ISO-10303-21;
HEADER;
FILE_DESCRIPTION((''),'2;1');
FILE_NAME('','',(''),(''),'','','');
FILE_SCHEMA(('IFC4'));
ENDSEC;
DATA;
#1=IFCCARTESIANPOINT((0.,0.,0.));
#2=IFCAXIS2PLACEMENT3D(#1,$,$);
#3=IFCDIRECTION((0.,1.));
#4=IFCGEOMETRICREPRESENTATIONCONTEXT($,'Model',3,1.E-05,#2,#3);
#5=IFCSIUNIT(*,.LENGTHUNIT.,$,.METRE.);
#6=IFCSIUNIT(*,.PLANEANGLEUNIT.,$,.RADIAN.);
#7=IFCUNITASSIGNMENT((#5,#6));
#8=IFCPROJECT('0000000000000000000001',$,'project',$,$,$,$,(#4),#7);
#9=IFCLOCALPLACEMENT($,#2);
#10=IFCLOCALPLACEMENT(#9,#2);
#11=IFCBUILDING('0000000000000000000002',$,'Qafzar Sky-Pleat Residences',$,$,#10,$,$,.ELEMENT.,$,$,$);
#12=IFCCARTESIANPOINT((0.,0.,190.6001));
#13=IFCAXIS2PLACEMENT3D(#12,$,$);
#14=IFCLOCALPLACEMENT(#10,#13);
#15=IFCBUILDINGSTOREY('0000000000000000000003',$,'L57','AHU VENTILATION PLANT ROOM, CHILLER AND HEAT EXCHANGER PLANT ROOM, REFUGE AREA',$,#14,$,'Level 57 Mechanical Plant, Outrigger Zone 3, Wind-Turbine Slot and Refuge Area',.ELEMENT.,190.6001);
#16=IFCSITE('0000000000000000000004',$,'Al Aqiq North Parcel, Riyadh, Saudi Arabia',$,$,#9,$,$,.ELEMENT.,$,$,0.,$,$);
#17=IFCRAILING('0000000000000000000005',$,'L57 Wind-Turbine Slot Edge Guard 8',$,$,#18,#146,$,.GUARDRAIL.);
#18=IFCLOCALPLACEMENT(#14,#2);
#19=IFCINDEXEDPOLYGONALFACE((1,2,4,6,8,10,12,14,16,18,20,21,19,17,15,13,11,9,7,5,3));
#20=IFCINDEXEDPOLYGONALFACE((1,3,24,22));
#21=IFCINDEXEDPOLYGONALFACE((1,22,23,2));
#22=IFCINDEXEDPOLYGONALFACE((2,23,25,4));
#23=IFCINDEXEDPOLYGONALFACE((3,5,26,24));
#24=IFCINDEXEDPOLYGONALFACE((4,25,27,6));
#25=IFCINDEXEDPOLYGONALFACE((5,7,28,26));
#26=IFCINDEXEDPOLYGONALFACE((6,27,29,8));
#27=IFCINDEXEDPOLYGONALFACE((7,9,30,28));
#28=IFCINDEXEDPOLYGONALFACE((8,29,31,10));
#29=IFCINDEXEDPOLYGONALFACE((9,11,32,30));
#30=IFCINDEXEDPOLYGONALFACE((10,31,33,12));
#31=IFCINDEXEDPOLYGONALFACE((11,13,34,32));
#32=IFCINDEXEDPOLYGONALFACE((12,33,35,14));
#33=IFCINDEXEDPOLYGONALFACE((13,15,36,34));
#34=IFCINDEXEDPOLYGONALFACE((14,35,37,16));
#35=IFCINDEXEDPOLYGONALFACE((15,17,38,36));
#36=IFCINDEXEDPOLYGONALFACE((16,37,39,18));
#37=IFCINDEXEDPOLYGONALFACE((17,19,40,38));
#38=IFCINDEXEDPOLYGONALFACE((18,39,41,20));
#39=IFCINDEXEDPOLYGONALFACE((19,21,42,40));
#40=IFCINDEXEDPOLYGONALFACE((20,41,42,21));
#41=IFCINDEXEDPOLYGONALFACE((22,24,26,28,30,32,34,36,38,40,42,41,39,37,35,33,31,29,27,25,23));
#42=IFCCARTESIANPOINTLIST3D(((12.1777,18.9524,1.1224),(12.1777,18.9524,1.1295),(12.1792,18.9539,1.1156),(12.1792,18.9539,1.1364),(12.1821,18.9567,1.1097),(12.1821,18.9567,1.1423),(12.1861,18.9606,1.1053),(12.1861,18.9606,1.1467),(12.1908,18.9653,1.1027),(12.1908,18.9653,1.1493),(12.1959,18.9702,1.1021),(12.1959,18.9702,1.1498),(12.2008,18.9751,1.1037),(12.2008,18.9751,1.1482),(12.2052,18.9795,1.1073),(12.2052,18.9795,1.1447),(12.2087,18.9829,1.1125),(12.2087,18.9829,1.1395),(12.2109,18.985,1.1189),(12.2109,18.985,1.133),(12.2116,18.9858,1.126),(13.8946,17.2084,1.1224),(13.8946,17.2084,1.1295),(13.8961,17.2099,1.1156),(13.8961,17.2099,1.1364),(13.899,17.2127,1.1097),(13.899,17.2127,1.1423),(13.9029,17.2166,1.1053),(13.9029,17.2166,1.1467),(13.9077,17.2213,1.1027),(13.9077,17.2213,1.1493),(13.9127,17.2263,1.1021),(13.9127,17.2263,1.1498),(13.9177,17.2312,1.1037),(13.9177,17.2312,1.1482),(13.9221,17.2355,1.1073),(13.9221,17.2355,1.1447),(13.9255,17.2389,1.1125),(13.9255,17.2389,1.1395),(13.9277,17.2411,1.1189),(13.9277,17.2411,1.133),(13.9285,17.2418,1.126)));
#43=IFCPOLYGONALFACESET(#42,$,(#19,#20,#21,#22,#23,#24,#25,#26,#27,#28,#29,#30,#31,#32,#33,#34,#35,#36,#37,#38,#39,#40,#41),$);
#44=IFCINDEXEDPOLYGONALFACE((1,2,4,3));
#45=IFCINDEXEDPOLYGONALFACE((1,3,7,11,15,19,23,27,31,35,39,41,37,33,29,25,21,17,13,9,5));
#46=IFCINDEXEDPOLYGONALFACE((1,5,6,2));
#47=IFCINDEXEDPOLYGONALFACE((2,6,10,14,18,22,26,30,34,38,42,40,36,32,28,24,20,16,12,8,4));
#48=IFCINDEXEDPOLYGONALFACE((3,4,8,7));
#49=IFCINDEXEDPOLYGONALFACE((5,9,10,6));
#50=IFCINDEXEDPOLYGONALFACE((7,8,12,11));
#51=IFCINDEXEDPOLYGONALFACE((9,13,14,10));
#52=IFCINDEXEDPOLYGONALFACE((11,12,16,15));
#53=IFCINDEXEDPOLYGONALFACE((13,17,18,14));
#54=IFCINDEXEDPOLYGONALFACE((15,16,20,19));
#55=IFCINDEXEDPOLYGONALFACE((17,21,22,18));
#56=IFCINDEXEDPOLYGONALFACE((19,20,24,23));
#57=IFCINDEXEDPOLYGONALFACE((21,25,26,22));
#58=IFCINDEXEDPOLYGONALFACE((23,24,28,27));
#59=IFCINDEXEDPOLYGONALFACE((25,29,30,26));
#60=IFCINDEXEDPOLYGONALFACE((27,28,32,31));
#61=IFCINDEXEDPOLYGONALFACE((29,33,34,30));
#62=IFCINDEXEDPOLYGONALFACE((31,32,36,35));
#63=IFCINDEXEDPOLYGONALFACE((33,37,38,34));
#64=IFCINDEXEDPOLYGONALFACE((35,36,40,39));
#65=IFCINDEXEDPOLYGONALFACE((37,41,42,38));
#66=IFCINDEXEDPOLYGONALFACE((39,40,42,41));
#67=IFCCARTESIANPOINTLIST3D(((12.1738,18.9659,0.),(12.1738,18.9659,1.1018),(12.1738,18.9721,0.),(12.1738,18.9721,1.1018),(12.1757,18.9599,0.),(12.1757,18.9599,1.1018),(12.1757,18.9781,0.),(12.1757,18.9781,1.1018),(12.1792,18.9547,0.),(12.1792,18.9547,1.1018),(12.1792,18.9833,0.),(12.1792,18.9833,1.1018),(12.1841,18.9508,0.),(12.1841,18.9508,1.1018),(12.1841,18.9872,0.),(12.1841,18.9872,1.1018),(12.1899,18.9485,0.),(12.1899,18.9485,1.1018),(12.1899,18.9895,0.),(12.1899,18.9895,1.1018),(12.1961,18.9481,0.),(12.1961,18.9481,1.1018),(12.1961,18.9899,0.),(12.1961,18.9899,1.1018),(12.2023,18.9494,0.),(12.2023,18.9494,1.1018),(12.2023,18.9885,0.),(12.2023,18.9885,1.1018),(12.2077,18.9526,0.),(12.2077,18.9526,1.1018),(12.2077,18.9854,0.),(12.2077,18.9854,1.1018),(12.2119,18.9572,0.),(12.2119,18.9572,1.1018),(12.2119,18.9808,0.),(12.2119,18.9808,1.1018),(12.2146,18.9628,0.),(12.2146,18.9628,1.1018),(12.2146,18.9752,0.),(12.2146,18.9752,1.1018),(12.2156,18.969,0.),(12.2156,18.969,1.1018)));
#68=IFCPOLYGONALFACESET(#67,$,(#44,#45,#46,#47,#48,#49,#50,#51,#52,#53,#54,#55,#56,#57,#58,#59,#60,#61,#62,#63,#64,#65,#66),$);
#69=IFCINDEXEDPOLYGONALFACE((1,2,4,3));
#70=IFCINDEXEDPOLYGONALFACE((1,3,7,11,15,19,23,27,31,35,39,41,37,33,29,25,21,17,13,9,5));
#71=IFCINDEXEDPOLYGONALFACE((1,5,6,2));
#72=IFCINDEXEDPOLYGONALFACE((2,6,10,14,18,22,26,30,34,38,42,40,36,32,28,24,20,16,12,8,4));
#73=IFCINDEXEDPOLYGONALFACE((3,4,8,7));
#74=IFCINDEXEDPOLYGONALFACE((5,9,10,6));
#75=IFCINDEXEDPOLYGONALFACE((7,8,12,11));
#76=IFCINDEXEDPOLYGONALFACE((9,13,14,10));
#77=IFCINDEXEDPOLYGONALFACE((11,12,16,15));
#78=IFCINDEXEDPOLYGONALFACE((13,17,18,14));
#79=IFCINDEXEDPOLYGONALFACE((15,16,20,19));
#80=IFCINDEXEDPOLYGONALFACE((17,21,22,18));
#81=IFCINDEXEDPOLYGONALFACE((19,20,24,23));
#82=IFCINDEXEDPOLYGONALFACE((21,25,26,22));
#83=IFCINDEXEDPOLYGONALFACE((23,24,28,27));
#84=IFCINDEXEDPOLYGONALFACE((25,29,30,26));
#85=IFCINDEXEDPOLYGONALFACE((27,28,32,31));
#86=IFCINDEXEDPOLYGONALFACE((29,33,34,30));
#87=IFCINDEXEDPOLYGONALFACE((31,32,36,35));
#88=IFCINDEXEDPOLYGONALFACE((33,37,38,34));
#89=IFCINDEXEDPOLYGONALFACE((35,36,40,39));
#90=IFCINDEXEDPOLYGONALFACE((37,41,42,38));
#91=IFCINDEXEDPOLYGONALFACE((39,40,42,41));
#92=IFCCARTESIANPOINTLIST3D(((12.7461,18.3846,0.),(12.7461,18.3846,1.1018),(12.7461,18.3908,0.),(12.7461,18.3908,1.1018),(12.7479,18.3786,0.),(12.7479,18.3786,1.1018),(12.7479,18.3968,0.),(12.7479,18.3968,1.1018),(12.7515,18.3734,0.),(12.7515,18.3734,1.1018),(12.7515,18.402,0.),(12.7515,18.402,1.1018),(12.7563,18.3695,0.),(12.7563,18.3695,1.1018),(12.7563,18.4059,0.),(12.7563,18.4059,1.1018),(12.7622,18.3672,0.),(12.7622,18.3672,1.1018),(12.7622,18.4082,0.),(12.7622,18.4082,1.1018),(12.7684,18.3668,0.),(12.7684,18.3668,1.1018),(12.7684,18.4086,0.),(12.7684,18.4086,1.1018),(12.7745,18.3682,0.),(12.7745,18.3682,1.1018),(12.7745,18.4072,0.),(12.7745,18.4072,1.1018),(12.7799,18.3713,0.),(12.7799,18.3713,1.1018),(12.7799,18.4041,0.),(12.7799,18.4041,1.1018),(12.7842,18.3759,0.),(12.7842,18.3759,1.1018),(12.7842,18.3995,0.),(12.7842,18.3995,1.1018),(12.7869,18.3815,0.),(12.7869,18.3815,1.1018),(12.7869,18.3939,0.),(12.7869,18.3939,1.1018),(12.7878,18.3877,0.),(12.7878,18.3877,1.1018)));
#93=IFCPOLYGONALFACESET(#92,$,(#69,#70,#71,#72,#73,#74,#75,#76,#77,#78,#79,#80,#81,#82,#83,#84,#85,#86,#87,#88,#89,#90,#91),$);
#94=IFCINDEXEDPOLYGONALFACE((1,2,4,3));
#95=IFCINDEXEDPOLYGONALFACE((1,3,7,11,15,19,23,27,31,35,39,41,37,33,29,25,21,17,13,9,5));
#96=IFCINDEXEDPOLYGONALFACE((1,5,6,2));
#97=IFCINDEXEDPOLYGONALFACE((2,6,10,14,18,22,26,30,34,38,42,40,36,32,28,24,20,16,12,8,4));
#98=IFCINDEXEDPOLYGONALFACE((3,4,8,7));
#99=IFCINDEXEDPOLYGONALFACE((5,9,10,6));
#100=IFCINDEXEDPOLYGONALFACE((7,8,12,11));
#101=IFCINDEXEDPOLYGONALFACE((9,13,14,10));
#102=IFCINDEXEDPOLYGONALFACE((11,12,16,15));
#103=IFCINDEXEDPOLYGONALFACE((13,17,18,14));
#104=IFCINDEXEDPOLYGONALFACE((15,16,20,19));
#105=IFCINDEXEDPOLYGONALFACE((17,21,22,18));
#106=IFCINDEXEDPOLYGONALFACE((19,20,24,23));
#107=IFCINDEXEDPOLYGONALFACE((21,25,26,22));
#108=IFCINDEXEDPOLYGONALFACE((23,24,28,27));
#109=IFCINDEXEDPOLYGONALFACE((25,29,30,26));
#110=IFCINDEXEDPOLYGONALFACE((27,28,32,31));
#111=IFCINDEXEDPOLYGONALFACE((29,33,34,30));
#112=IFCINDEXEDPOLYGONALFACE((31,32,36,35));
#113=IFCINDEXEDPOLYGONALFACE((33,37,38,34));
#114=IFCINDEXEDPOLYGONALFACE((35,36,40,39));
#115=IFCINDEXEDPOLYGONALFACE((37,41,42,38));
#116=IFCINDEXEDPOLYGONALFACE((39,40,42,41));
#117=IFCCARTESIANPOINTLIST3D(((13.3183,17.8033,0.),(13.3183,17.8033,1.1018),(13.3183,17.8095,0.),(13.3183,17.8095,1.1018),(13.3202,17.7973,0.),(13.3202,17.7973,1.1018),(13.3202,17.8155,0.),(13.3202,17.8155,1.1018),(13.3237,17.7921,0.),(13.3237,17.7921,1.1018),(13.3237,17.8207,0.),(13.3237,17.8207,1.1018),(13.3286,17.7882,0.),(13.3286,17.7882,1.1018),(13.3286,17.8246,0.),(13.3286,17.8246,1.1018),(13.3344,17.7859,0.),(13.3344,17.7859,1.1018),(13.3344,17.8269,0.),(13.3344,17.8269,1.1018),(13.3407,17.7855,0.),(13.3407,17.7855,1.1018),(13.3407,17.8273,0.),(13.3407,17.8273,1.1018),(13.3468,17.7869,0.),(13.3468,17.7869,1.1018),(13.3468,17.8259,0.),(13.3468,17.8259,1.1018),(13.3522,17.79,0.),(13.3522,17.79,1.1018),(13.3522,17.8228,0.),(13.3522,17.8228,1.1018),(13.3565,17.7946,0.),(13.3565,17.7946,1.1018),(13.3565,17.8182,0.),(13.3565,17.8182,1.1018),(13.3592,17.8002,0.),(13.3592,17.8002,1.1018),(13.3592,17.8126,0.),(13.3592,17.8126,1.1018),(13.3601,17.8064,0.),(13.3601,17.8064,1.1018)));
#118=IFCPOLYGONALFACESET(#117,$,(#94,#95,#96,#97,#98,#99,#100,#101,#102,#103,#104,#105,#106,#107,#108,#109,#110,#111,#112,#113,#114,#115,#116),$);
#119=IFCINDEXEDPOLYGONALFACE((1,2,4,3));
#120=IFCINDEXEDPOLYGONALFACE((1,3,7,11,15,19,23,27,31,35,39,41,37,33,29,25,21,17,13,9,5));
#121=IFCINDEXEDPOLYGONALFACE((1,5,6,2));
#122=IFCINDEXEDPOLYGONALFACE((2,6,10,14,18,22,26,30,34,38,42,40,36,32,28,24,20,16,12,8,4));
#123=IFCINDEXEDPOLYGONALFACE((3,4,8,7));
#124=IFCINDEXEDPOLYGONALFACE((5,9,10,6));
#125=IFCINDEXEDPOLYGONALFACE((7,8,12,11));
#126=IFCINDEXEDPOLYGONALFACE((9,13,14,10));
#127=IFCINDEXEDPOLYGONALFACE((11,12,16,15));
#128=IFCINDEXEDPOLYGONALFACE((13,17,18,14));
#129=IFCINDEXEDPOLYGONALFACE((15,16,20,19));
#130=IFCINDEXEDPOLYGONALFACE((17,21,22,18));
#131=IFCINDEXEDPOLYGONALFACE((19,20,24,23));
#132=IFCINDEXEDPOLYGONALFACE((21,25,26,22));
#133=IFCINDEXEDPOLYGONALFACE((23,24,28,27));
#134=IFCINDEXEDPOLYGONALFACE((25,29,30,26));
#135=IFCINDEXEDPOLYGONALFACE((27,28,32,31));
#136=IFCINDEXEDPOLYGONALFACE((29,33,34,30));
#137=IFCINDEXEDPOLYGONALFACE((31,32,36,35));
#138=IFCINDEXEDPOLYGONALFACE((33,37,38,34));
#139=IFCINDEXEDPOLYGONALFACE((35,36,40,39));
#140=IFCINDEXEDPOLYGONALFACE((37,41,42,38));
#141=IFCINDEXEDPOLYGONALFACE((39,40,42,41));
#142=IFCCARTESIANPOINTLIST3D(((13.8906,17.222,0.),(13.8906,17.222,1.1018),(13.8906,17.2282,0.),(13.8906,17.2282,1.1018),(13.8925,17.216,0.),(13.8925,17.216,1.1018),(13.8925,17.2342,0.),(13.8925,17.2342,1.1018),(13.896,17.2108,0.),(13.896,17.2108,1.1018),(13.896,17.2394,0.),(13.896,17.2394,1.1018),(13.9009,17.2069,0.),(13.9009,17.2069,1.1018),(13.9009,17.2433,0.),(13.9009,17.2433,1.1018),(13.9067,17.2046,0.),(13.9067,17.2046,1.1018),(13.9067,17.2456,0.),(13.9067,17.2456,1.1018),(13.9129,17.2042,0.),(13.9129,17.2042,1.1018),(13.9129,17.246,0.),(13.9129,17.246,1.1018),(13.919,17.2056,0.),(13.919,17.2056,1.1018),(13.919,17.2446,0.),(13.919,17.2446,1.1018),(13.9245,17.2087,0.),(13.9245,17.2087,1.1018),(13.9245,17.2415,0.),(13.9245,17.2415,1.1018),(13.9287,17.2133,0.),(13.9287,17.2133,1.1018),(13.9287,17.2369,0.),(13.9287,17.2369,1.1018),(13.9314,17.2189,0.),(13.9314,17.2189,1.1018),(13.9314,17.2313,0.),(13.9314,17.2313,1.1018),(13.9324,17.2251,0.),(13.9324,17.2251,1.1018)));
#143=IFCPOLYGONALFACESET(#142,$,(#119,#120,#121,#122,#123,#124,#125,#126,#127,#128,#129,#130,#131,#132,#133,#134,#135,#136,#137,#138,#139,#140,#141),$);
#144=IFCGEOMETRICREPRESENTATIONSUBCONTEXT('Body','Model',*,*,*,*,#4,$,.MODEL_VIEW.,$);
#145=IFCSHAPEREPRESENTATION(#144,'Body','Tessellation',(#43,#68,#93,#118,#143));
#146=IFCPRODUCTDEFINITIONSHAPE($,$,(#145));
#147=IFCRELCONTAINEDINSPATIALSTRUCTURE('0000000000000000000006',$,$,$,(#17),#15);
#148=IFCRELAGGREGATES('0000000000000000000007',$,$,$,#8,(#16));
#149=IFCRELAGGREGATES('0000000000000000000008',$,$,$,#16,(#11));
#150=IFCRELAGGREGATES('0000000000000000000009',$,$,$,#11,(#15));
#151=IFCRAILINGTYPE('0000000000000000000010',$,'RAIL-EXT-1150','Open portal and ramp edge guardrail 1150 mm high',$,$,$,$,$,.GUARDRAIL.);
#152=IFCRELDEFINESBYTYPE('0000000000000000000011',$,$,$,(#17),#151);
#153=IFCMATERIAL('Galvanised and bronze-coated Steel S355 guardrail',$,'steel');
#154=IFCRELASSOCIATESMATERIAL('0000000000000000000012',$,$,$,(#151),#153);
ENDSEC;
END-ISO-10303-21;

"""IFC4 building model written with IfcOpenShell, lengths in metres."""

from ifc_helpers import new_model, si_unit, direction, frame, origin, origin_2d, place, context, subcontext, project, spatial, circle, extrude, source, transform, mapped, material, type_object, element, save


model = new_model("IFC4")

# Units and contexts
model_context = context("Model", 3, precision=1e-05, world=origin(), true_north=direction((0.0, 1.0)))
body_context = subcontext(model_context, "Body", "Model", "MODEL_VIEW")
ifc_project = project(units=[si_unit("LENGTHUNIT", "METRE"), si_unit("PLANEANGLEUNIT", "RADIAN")], contexts=[model_context])

# Site, building, storey
site_placement = place(None, origin())
site = spatial("IfcSite", under=ifc_project, at=site_placement, Name="Al Aqiq North Parcel, Riyadh, Saudi Arabia", CompositionType="ELEMENT", RefElevation=0.0)
building_placement = place(site_placement, origin())
building = spatial("IfcBuilding", under=site, at=building_placement, Name="Qafzar Sky-Pleat Residences", CompositionType="ELEMENT")
storey_placement = place(building_placement, frame((0.0, 0.0, 190.6001)))
storey = spatial("IfcBuildingStorey", under=building, at=storey_placement, Name="L57", Description="AHU VENTILATION PLANT ROOM, CHILLER AND HEAT EXCHANGER PLANT ROOM, REFUGE AREA", LongName="Level 57 Mechanical Plant, Outrigger Zone 3, Wind-Turbine Slot and Refuge Area", CompositionType="ELEMENT", Elevation=190.6001)

# Railing
ifc_material_1 = material(Name="Galvanised and bronze-coated Steel S355 guardrail", Category="steel")
railing_type = type_object("IfcRailingType", Name="RAIL-EXT-1150", Description="Open portal and ramp edge guardrail 1150 mm high", PredefinedType="GUARDRAIL", material=ifc_material_1)
shared_shape_1 = source(origin(), body_context, "Body", "SweptSolid", [
    extrude(circle(Radius=0.0239, at=origin_2d()), frame((0.0, 0.0, 1.126), z_axis=(0.701548, -0.712622, 0.0), x_axis=(0.712622, 0.701548, 0.0)), (0.0, 0.0, 1.0), 2.4473),
    extrude(circle(Radius=0.021, at=origin_2d()), origin(), (0.0, 0.0, 1.0), 1.1018),
    extrude(circle(Radius=0.021, at=origin_2d()), frame((0.5723, -0.5813, 0.0)), (0.0, 0.0, 1.0), 1.1018),
    extrude(circle(Radius=0.021, at=origin_2d()), frame((1.1445, -1.1626, 0.0)), (0.0, 0.0, 1.0), 1.1018),
    extrude(circle(Radius=0.021, at=origin_2d()), frame((1.7168, -1.7439, 0.0)), (0.0, 0.0, 1.0), 1.1018),
])
railing_1_placement = place(storey_placement, frame((12.1946, 18.969, 0.0)))
element("IfcRailing", 1, at=railing_1_placement, inside=storey, type_object=railing_type, Name="L57 Wind-Turbine Slot Edge Guard 8", PredefinedType="GUARDRAIL", context=body_context, shape_type="MappedRepresentation", body=[
    mapped(shared_shape_1, transform((0.0, 0.0, 0.0), x_axis=(1.0, 0.0, 0.0), y_axis=(0.0, 1.0, 0.0), z_axis=(0.0, 0.0, 1.0), scale=1.0)),
])

save(model, "model.ifc")
